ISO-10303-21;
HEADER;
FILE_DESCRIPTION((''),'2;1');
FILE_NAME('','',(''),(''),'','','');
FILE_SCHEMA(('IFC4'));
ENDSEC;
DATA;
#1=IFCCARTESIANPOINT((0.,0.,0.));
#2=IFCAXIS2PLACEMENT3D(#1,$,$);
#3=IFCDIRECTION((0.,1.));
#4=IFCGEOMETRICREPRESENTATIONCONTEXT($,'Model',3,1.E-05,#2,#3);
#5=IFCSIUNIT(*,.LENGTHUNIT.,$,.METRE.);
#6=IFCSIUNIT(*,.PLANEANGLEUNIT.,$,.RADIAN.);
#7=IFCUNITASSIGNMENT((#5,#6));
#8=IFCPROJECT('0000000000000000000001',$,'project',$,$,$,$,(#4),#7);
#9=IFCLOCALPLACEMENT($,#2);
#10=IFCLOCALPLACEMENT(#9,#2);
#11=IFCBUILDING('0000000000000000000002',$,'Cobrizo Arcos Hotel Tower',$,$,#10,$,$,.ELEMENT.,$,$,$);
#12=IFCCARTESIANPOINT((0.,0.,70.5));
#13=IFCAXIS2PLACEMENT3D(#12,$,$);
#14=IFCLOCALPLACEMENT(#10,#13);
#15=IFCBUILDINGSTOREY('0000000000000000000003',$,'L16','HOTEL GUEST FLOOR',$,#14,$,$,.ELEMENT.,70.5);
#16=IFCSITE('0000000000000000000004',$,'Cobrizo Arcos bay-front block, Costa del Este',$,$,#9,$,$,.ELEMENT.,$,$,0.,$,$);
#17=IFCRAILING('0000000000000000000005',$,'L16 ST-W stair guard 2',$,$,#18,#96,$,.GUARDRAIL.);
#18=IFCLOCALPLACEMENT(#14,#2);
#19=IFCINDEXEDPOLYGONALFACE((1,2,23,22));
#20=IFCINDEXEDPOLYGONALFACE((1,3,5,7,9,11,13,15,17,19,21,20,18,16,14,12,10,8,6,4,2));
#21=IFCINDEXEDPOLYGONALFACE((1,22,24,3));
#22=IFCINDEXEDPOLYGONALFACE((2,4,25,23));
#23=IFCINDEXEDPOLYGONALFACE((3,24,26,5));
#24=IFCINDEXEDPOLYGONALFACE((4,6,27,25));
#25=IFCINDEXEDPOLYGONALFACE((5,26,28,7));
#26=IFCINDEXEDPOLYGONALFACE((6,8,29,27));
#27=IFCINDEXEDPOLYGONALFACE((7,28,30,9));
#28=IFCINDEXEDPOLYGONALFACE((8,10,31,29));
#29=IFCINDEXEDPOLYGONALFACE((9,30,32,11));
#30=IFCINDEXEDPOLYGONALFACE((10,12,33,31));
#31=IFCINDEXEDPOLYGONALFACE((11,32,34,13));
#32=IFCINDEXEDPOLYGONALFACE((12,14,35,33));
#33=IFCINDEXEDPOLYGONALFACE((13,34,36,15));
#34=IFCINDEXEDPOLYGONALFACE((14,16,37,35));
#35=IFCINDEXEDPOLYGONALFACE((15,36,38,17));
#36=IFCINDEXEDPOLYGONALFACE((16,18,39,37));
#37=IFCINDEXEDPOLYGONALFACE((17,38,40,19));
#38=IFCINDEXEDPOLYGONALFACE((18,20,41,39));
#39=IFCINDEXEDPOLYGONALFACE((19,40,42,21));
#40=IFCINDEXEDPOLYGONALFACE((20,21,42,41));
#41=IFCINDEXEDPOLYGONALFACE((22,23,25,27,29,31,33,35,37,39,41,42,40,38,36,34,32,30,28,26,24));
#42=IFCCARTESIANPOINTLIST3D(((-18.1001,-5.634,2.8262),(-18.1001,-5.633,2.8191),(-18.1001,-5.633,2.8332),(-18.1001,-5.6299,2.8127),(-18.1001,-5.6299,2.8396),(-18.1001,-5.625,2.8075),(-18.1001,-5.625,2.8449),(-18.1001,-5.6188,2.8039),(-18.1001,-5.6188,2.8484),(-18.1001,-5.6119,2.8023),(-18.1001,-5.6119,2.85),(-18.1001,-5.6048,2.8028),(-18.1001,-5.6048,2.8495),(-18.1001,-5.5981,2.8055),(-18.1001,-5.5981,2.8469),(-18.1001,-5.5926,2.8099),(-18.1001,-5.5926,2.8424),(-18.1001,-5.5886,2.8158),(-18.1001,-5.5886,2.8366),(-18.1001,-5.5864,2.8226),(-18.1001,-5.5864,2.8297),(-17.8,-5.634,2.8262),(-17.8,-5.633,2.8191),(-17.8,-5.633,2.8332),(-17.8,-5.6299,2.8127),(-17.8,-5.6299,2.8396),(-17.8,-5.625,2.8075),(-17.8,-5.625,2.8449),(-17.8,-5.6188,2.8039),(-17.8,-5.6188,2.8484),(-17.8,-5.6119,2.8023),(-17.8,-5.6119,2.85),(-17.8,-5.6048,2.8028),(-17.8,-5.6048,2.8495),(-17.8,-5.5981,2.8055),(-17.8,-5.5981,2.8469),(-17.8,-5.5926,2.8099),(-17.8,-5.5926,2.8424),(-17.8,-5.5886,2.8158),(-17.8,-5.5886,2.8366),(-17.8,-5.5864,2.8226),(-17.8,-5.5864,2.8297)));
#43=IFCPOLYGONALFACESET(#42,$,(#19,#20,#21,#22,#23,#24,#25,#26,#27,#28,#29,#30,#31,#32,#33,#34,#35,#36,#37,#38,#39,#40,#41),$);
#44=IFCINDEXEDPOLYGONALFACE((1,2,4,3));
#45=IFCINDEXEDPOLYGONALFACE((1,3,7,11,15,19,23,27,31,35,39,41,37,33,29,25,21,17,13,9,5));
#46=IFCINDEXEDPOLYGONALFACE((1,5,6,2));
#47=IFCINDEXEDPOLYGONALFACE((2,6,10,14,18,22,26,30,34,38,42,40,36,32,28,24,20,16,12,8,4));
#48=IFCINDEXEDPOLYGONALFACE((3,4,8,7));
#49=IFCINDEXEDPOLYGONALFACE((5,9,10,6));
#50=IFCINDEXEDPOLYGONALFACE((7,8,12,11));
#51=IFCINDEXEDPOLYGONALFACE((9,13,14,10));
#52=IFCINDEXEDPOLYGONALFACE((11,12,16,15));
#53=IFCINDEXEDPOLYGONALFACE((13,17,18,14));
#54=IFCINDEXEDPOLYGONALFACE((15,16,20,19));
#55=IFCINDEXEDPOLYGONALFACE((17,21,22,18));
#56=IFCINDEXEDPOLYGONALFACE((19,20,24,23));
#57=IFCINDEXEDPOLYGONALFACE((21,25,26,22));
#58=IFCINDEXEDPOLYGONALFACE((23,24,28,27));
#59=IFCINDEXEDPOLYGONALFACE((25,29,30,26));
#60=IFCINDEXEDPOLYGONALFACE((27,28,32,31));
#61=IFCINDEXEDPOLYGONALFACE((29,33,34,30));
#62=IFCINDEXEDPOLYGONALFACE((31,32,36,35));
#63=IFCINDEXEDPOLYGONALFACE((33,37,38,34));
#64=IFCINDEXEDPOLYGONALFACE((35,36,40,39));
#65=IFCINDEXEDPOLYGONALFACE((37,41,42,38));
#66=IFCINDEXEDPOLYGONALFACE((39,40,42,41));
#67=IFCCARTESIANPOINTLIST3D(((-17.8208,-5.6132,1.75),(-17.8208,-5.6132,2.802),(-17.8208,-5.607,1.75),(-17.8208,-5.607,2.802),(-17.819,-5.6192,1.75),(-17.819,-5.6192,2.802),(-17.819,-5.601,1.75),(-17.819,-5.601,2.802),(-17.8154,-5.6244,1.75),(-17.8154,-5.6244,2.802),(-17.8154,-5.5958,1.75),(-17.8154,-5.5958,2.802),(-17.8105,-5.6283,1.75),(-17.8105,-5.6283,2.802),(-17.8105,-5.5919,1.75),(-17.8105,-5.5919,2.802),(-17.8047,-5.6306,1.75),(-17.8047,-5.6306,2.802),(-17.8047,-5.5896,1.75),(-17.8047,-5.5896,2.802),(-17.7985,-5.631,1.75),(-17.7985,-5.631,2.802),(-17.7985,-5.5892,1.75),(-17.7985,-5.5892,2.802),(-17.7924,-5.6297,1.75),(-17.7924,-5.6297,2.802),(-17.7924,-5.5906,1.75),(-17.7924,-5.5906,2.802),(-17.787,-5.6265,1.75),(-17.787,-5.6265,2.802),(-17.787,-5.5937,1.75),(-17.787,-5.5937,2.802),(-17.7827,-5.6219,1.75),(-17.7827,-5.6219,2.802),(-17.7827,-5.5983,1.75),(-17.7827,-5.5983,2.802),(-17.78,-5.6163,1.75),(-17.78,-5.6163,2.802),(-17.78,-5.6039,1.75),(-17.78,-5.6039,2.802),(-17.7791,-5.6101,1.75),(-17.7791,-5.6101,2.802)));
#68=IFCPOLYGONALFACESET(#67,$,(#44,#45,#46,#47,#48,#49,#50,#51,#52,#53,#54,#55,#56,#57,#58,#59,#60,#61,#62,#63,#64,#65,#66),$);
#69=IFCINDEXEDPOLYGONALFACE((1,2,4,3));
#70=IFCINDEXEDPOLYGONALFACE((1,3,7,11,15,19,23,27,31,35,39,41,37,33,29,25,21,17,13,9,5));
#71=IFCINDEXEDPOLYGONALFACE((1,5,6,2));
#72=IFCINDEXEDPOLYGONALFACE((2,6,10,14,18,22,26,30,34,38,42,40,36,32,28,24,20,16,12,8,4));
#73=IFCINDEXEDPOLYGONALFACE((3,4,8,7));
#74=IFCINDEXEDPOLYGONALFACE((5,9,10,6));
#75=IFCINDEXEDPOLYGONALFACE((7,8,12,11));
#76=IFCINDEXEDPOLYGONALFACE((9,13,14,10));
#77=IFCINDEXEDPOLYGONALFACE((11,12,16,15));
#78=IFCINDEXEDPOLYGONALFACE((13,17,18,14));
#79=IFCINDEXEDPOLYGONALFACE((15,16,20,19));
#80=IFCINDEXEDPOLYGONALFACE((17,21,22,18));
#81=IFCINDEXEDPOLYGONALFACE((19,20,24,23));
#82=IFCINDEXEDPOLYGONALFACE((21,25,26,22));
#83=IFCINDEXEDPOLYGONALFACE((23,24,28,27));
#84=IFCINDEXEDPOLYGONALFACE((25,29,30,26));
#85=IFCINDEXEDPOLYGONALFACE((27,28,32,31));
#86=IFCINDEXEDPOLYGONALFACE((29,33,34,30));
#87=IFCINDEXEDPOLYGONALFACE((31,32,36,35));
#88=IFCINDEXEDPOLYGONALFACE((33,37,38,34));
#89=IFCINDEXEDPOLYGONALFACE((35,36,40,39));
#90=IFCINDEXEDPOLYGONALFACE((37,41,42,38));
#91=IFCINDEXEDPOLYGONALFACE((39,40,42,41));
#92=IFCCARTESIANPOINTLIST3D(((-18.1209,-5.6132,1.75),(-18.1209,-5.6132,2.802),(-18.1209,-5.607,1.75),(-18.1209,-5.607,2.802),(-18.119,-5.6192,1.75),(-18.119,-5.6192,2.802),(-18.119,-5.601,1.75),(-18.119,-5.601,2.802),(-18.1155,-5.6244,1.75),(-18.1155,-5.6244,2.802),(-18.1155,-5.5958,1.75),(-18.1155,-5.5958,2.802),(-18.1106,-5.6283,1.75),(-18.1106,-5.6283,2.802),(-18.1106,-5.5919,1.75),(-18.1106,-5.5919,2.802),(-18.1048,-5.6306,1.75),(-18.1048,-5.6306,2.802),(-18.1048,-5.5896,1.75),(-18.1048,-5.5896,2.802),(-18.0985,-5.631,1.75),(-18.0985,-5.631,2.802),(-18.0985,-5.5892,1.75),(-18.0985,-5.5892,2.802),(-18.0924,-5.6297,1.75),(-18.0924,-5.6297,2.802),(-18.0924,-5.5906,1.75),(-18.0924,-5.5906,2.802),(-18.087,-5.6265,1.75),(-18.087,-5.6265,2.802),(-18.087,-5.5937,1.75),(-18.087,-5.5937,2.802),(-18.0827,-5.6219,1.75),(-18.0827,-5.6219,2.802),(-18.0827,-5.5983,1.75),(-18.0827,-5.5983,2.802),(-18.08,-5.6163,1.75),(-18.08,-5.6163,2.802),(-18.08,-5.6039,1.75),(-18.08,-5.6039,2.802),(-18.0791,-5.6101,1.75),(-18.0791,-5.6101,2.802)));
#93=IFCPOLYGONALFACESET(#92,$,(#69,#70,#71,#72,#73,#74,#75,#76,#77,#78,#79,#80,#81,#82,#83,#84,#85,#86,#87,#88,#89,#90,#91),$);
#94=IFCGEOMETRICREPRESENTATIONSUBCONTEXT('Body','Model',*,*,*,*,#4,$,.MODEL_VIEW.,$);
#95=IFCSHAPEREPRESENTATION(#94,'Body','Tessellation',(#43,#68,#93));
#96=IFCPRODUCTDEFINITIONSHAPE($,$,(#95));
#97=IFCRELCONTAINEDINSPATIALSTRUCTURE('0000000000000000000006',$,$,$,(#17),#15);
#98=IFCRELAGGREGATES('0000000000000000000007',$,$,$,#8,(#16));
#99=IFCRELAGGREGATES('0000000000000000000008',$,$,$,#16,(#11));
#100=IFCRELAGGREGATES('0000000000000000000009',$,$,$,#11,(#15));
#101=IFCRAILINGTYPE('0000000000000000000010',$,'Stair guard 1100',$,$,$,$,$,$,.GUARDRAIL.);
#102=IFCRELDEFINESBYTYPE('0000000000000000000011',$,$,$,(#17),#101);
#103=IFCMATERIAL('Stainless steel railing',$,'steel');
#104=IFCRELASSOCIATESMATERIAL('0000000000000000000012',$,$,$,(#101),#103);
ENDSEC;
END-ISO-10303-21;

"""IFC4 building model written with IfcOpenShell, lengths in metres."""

from ifc_helpers import new_model, si_unit, direction, frame, origin, origin_2d, place, context, subcontext, project, spatial, circle, extrude, material, type_object, element, save


model = new_model("IFC4")

# Units and contexts
model_context = context("Model", 3, precision=1e-05, world=origin(), true_north=direction((0.0, 1.0)))
body_context = subcontext(model_context, "Body", "Model", "MODEL_VIEW")
ifc_project = project(units=[si_unit("LENGTHUNIT", "METRE"), si_unit("PLANEANGLEUNIT", "RADIAN")], contexts=[model_context])

# Site, building, storey
site_placement = place(None, origin())
site = spatial("IfcSite", under=ifc_project, at=site_placement, Name="Cobrizo Arcos bay-front block, Costa del Este", CompositionType="ELEMENT", RefElevation=0.0)
building_placement = place(site_placement, origin())
building = spatial("IfcBuilding", under=site, at=building_placement, Name="Cobrizo Arcos Hotel Tower", CompositionType="ELEMENT")
storey_placement = place(building_placement, frame((0.0, 0.0, 70.5)))
storey = spatial("IfcBuildingStorey", under=building, at=storey_placement, Name="L16", Description="HOTEL GUEST FLOOR", CompositionType="ELEMENT", Elevation=70.5)

# Railing
ifc_material_1 = material(Name="Stainless steel railing", Category="steel")
railing_type_1 = type_object("IfcRailingType", Name="Stair guard 1100", PredefinedType="GUARDRAIL", material=ifc_material_1)
railing_1_placement = place(storey_placement, frame((-17.8, -5.6101, 1.75)))
element("IfcRailing", 1, at=railing_1_placement, inside=storey, type_object=railing_type_1, Name="L16 ST-W stair guard 2", PredefinedType="GUARDRAIL", context=body_context, shape_type="SweptSolid", body=[
    extrude(circle(Radius=0.0239, at=origin_2d()), frame((0.0, 0.0, 1.0762), z_axis=(-1.0, 0.0, 0.0), x_axis=(0.0, -1.0, 0.0)), (0.0, 0.0, 1.0), 0.3),
    extrude(circle(Radius=0.021, at=origin_2d()), origin(), (0.0, 0.0, 1.0), 1.052),
    extrude(circle(Radius=0.021, at=origin_2d()), frame((-0.3, 0.0, 0.0)), (0.0, 0.0, 1.0), 1.052),
])

save(model, "model.ifc")
